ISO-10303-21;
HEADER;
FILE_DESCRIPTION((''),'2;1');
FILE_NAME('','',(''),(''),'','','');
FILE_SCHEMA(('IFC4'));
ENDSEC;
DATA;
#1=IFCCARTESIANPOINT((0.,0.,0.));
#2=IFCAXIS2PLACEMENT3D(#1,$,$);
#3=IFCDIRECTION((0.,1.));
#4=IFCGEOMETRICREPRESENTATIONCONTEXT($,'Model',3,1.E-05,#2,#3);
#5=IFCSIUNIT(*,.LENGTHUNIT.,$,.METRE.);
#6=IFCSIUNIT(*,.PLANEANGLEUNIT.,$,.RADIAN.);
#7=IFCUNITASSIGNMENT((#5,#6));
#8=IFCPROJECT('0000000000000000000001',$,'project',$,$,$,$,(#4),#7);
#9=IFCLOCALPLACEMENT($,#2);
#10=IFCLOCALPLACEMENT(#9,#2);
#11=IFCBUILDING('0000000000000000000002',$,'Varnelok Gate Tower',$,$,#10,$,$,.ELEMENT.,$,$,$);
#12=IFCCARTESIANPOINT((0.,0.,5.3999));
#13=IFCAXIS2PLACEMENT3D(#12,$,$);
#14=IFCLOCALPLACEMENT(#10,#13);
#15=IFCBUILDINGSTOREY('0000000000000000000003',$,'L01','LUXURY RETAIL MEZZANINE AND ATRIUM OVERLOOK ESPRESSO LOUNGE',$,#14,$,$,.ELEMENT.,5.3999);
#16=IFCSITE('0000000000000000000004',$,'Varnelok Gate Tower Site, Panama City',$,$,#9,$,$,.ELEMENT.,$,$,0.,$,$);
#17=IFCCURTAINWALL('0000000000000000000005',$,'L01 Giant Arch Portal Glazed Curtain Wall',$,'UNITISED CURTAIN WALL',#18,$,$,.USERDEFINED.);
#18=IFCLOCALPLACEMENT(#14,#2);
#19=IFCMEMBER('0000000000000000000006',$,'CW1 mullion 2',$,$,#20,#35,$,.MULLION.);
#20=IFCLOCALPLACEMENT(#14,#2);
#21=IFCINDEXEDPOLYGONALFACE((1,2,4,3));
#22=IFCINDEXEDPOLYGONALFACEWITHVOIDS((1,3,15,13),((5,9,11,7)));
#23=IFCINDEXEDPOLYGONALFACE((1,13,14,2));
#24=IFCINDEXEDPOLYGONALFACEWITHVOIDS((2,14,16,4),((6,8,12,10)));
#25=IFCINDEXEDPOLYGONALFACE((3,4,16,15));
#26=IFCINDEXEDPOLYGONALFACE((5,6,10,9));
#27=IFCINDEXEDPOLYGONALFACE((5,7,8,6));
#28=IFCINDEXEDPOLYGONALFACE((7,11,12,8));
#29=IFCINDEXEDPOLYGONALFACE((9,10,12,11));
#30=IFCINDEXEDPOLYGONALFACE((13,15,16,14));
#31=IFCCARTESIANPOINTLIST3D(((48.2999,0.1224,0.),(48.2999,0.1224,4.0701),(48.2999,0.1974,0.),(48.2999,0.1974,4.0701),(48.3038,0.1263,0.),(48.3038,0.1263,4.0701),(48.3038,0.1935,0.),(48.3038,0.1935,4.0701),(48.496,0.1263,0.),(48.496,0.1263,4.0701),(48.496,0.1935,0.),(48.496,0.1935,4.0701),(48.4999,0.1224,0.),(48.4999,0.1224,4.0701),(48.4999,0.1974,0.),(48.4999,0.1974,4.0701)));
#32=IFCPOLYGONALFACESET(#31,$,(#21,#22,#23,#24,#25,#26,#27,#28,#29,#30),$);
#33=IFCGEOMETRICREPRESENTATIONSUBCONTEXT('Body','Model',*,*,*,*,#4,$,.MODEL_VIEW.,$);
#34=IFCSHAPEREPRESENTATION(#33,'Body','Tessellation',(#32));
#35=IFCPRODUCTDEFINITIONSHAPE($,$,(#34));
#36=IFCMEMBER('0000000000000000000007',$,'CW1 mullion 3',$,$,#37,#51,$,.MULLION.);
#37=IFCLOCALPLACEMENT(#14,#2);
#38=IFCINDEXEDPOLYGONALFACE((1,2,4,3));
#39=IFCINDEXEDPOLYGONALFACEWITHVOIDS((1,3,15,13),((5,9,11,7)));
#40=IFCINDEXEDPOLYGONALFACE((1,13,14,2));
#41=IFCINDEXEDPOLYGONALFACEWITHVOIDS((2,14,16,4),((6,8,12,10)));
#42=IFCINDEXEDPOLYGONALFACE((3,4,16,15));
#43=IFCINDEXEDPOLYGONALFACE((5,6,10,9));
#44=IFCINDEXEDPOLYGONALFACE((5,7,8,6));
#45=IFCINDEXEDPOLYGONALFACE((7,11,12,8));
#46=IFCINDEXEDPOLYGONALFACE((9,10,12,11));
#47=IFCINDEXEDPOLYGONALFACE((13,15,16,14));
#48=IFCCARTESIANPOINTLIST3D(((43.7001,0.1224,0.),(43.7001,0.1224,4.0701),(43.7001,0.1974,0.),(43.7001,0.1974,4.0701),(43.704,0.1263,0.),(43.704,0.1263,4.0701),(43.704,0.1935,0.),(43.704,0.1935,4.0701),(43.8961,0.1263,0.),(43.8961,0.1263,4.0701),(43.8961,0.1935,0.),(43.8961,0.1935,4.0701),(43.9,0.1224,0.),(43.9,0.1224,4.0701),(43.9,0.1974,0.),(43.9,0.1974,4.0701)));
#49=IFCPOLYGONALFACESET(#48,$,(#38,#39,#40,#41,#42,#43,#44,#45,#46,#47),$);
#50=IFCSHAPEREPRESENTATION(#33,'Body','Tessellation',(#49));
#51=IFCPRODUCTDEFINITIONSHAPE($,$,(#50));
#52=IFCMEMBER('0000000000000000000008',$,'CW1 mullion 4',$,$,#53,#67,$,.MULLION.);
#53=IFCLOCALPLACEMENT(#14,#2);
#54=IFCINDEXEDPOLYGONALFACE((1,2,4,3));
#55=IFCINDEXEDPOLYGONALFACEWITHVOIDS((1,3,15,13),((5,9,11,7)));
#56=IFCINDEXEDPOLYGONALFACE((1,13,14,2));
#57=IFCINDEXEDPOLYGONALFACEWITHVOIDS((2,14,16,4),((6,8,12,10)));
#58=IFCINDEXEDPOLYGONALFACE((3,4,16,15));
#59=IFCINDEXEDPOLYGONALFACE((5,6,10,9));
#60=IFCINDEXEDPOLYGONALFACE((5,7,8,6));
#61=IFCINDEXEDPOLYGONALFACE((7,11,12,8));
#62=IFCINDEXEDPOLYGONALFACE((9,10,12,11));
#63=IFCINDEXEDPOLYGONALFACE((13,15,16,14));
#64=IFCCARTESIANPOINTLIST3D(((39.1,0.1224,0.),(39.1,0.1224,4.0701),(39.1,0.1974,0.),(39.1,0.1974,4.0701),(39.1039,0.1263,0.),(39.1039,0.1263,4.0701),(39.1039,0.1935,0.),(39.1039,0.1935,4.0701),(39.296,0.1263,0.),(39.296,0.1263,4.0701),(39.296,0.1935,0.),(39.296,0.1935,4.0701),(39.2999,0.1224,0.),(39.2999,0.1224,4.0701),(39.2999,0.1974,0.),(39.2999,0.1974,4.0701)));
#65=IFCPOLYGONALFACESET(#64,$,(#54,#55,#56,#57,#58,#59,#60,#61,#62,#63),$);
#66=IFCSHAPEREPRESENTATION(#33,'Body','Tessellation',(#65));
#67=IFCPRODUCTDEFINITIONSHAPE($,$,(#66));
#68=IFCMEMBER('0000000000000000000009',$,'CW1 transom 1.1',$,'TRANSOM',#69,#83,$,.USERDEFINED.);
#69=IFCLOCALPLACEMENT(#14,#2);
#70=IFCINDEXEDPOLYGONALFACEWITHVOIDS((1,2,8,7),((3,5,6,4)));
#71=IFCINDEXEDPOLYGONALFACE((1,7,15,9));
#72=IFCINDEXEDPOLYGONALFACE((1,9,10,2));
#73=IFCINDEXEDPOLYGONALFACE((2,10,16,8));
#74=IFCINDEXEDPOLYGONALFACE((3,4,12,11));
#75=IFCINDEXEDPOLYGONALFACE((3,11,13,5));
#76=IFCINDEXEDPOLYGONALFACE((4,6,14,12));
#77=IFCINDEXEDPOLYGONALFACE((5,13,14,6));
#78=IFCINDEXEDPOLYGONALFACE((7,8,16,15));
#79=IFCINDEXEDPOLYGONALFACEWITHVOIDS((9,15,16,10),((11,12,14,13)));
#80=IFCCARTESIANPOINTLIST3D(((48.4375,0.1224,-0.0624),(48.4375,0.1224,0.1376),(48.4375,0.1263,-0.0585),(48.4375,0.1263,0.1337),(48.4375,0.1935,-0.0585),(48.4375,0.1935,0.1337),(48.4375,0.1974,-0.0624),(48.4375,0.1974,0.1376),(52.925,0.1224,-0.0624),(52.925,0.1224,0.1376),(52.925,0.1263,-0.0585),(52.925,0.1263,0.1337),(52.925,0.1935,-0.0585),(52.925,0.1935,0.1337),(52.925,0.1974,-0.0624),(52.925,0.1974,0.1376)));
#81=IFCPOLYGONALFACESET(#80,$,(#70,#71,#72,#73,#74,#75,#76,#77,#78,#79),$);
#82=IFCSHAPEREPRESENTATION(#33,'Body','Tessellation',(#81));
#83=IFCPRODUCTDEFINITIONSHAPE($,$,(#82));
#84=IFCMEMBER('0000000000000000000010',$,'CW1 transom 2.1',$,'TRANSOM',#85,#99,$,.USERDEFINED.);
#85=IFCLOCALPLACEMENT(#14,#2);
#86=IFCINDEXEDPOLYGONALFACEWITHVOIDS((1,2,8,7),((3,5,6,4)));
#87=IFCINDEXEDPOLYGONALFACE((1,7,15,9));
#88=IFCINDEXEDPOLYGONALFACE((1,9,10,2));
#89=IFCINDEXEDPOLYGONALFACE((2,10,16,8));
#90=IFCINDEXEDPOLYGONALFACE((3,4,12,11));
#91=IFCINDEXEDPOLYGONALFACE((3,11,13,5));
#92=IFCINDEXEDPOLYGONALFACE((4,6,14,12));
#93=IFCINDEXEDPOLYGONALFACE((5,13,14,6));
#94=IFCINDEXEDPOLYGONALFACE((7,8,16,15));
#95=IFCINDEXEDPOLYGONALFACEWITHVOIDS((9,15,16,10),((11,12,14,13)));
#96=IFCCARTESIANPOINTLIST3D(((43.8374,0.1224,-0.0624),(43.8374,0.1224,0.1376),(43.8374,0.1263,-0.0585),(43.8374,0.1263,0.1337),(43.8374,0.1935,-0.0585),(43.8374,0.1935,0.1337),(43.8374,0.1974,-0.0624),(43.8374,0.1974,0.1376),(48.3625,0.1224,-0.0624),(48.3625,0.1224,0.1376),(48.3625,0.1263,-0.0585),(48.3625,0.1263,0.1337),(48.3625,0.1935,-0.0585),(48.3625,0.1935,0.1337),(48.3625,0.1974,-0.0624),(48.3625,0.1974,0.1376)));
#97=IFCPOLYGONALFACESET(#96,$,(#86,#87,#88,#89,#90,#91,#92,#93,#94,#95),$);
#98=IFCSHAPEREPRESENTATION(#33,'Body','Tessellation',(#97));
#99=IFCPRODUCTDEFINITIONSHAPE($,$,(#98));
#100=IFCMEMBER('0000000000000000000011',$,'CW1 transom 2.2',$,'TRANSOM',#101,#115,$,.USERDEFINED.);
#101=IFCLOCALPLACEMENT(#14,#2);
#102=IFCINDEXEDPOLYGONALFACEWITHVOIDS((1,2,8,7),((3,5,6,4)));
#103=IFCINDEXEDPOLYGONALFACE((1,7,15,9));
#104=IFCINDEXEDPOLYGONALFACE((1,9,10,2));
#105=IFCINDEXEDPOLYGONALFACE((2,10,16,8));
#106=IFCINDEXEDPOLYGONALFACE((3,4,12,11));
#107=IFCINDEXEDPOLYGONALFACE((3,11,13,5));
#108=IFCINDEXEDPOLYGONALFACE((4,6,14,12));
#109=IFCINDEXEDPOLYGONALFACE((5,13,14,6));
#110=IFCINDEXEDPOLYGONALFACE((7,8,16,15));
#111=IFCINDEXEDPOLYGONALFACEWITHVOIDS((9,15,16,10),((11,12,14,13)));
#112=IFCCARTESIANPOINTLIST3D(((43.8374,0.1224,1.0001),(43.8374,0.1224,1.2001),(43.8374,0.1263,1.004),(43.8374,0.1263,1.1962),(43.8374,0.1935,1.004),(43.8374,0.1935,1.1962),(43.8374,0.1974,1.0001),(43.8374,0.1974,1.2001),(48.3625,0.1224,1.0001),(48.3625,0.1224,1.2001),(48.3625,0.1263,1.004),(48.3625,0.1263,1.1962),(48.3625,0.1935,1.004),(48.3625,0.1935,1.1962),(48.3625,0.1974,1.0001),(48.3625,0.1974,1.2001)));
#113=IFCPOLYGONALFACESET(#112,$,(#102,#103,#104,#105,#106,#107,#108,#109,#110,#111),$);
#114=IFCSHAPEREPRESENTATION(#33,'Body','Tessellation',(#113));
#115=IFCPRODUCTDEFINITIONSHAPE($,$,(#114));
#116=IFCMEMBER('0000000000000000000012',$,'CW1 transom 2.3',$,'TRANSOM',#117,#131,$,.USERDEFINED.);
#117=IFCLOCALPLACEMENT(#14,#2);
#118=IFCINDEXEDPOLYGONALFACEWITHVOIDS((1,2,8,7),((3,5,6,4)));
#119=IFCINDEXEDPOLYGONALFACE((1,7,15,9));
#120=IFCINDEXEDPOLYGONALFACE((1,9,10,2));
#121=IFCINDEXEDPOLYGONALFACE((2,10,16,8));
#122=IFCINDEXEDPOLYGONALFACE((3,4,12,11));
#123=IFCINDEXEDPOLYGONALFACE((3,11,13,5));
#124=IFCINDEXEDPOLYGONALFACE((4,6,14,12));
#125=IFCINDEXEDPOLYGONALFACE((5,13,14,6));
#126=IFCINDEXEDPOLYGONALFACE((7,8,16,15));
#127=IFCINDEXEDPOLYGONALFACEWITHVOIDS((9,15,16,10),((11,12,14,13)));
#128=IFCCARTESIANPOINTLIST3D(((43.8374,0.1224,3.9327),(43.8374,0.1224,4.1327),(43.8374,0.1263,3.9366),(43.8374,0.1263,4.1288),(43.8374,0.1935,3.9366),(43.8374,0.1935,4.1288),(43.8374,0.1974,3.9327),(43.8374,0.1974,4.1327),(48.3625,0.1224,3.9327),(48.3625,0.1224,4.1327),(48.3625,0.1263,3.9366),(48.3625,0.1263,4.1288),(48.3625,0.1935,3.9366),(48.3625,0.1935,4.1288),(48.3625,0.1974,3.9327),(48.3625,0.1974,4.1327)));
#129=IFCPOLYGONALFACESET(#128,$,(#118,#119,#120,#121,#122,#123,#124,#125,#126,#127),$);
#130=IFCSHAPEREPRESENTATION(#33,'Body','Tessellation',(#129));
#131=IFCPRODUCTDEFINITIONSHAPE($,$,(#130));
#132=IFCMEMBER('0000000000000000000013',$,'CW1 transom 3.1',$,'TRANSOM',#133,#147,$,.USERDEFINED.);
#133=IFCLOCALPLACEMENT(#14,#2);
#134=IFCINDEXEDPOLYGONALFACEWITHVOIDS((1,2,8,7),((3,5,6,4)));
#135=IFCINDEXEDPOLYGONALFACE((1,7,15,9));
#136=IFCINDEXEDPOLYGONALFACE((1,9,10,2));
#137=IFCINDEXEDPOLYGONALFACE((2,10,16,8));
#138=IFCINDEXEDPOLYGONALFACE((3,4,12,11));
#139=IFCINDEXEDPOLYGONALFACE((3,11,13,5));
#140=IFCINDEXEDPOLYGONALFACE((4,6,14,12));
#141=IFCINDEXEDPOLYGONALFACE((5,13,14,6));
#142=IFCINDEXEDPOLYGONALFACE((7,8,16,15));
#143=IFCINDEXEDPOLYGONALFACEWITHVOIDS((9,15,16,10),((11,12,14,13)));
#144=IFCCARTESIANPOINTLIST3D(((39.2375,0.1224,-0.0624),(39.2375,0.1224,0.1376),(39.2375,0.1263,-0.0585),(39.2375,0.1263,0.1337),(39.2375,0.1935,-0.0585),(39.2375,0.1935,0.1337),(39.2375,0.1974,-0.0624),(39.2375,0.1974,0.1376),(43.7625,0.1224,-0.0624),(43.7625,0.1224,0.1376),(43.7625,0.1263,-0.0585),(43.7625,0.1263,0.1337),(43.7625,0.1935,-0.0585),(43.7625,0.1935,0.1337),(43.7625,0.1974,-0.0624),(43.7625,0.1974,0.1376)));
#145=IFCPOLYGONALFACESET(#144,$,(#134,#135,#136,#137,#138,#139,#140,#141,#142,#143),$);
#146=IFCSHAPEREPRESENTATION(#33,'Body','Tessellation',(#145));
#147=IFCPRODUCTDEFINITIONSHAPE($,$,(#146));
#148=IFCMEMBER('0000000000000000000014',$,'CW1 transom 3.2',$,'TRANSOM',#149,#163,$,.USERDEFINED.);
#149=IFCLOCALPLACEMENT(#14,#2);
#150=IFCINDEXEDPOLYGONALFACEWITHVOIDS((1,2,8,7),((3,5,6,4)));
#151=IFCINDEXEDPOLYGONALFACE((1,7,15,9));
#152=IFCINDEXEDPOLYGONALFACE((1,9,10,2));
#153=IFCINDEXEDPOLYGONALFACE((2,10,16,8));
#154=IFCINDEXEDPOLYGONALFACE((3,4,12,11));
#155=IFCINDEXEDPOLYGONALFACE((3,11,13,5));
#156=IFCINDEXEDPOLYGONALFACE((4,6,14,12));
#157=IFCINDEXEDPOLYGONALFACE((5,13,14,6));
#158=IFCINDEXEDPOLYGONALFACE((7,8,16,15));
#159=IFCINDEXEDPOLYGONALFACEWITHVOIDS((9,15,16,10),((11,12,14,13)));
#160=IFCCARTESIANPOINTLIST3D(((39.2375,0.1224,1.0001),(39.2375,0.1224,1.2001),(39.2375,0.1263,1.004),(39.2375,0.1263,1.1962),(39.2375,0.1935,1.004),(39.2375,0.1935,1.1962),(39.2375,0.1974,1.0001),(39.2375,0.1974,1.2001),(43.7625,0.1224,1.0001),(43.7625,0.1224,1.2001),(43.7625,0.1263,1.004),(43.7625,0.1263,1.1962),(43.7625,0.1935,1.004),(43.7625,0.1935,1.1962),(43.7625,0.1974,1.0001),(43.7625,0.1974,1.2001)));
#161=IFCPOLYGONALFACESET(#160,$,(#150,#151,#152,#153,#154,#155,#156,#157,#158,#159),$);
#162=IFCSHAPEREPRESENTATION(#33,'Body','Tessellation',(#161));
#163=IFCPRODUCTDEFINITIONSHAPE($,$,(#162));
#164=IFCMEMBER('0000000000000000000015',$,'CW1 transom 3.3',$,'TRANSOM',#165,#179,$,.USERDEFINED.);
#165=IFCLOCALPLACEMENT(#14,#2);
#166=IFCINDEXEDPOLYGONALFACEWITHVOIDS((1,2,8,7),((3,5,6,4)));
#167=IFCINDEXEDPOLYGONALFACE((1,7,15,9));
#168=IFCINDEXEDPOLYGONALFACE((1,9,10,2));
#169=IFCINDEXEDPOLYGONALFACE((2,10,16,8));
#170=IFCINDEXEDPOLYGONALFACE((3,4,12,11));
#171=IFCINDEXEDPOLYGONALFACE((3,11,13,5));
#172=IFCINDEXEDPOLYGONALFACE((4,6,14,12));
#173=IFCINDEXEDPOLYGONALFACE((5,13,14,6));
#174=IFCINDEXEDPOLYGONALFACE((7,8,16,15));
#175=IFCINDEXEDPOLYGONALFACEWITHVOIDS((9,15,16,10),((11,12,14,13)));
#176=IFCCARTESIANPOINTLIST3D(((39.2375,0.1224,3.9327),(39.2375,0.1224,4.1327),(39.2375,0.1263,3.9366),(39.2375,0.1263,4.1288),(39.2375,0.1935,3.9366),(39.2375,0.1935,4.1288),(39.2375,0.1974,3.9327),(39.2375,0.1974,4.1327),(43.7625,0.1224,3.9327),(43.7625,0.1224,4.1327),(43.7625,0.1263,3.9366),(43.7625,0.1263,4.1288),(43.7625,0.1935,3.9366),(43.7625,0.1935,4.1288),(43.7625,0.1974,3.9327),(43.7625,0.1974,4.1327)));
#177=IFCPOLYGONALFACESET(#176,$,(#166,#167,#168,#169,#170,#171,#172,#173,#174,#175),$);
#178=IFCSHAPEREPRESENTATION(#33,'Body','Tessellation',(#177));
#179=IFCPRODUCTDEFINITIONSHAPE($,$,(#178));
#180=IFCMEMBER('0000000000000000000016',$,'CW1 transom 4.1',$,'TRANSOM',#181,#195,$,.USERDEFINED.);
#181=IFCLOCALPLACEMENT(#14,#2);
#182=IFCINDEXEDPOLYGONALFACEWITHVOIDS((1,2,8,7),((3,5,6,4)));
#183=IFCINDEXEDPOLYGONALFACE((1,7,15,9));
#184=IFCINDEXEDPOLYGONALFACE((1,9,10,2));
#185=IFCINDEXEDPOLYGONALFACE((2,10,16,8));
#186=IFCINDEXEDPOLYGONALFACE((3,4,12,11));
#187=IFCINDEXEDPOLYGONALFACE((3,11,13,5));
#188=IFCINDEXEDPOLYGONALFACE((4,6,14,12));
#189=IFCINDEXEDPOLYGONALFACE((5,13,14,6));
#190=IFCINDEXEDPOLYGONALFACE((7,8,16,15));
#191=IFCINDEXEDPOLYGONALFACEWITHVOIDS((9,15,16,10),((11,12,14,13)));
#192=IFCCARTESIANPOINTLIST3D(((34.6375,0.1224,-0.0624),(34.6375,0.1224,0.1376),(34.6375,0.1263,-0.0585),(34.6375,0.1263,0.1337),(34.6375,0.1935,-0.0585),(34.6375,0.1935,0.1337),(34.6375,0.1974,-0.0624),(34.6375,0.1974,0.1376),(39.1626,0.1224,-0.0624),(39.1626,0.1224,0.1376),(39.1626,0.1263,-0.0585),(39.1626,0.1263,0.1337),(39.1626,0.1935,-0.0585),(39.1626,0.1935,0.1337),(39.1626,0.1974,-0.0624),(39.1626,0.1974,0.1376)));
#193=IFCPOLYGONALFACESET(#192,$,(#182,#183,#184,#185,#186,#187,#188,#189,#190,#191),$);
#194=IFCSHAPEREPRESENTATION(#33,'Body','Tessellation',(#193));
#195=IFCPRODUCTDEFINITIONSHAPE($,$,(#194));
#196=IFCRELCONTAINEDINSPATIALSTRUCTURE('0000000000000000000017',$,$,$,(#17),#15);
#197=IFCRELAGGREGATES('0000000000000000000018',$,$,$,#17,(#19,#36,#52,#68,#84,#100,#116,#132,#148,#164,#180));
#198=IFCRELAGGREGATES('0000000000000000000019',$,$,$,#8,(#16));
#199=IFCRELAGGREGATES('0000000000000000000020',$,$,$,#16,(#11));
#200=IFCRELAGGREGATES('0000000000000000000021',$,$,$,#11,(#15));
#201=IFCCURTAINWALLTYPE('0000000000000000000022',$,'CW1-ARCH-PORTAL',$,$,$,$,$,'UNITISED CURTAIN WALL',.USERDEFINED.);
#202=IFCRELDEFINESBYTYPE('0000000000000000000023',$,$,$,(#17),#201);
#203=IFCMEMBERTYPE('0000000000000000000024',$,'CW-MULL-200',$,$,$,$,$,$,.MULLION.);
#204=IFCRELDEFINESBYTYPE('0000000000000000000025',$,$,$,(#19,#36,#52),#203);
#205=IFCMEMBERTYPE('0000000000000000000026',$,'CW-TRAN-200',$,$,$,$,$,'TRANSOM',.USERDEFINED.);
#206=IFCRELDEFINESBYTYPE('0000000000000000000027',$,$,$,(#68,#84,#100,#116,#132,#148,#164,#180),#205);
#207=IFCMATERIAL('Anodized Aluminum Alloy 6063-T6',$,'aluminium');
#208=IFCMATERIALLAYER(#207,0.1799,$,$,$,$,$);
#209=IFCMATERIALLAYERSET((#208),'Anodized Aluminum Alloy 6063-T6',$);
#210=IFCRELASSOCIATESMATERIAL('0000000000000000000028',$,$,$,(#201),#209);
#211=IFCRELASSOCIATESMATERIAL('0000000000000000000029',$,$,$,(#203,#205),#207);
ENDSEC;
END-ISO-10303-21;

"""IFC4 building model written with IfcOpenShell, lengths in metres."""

from ifc_helpers import new_model, si_unit, direction, frame, origin, origin_2d, place, context, subcontext, project, spatial, hollow_rectangle, extrude, material, layer, layer_set, material_profile, profile_set, type_object, element, aggregate, save


model = new_model("IFC4")

# Units and contexts
model_context = context("Model", 3, precision=1e-05, world=origin(), true_north=direction((0.0, 1.0)))
body_context = subcontext(model_context, "Body", "Model", "MODEL_VIEW")
ifc_project = project(units=[si_unit("LENGTHUNIT", "METRE"), si_unit("PLANEANGLEUNIT", "RADIAN")], contexts=[model_context])

# Site, building, storey
site_placement = place(None, origin())
site = spatial("IfcSite", under=ifc_project, at=site_placement, Name="Varnelok Gate Tower Site, Panama City", CompositionType="ELEMENT", RefElevation=0.0)
building_placement = place(site_placement, origin())
building = spatial("IfcBuilding", under=site, at=building_placement, Name="Varnelok Gate Tower", CompositionType="ELEMENT")
storey_placement = place(building_placement, frame((0.0, 0.0, 5.3999)))
storey = spatial("IfcBuildingStorey", under=building, at=storey_placement, Name="L01", Description="LUXURY RETAIL MEZZANINE AND ATRIUM OVERLOOK ESPRESSO LOUNGE", CompositionType="ELEMENT", Elevation=5.3999)

# Curtain wall, members
ifc_material_1 = material(Name="Anodized Aluminum Alloy 6063-T6", Category="aluminium")
ifc_layer_1 = layer(ifc_material_1, 0.1799)
ifc_layer_set_1 = layer_set([ifc_layer_1], Name="Anodized Aluminum Alloy 6063-T6")
curtain_wall_type = type_object("IfcCurtainWallType", Name="CW1-ARCH-PORTAL", ElementType="UNITISED CURTAIN WALL", PredefinedType="USERDEFINED", material=ifc_layer_set_1)
curtain_wall_placement = place(storey_placement, origin())
curtain_wall = element("IfcCurtainWall", 1, at=curtain_wall_placement, inside=storey, type_object=curtain_wall_type, Name="L01 Giant Arch Portal Glazed Curtain Wall", ObjectType="UNITISED CURTAIN WALL", PredefinedType="USERDEFINED")
ifc_material_profile_1 = material_profile(ifc_material_1, hollow_rectangle(XDim=0.075, YDim=0.2, WallThickness=0.0039, at=origin_2d()), Name="ALU200X75X4")
ifc_profile_set_1 = profile_set([ifc_material_profile_1], Name="Anodized Aluminum Alloy 6063-T6")
member_type_1 = type_object("IfcMemberType", Name="CW-MULL-200", PredefinedType="MULLION", material=ifc_profile_set_1)
member_1_placement = place(storey_placement, frame((48.3999, 0.1599, 0.0), z_axis=(0.0, 0.0, 1.0), x_axis=(0.0, -1.0, 0.0)))
member_1 = element("IfcMember", 2, at=member_1_placement, type_object=member_type_1, Name="CW1 mullion 2", PredefinedType="MULLION", context=body_context, shape_type="SweptSolid", body=[
    extrude(hollow_rectangle(XDim=0.075, YDim=0.2, WallThickness=0.0039, at=origin_2d()), origin(), (0.0, 0.0, 1.0), 4.0701),
])
member_2_placement = place(storey_placement, frame((43.8, 0.1599, 0.0), z_axis=(0.0, 0.0, 1.0), x_axis=(0.0, -1.0, 0.0)))
member_2 = element("IfcMember", 3, at=member_2_placement, type_object=member_type_1, Name="CW1 mullion 3", PredefinedType="MULLION", context=body_context, shape_type="SweptSolid", body=[
    extrude(hollow_rectangle(XDim=0.075, YDim=0.2, WallThickness=0.0039, at=origin_2d()), origin(), (0.0, 0.0, 1.0), 4.0701),
])
member_3_placement = place(storey_placement, frame((39.2, 0.1599, 0.0), z_axis=(0.0, 0.0, 1.0), x_axis=(0.0, -1.0, 0.0)))
member_3 = element("IfcMember", 4, at=member_3_placement, type_object=member_type_1, Name="CW1 mullion 4", PredefinedType="MULLION", context=body_context, shape_type="SweptSolid", body=[
    extrude(hollow_rectangle(XDim=0.075, YDim=0.2, WallThickness=0.0039, at=origin_2d()), origin(), (0.0, 0.0, 1.0), 4.0701),
])
ifc_material_profile_2 = material_profile(ifc_material_1, hollow_rectangle(XDim=0.075, YDim=0.2, WallThickness=0.0039, at=origin_2d()), Name="ALU200X75X4")
ifc_profile_set_2 = profile_set([ifc_material_profile_2], Name="Anodized Aluminum Alloy 6063-T6")
member_type_2 = type_object("IfcMemberType", Name="CW-TRAN-200", ElementType="TRANSOM", PredefinedType="USERDEFINED", material=ifc_profile_set_2)
member_4_placement = place(storey_placement, frame((52.925, 0.1599, 0.0376), z_axis=(-1.0, 0.0, 0.0), x_axis=(0.0, -1.0, 0.0)))
member_4 = element("IfcMember", 5, at=member_4_placement, type_object=member_type_2, Name="CW1 transom 1.1", ObjectType="TRANSOM", PredefinedType="USERDEFINED", context=body_context, shape_type="SweptSolid", body=[
    extrude(hollow_rectangle(XDim=0.075, YDim=0.2, WallThickness=0.0039, at=origin_2d()), origin(), (0.0, 0.0, 1.0), 4.4875),
])
member_5_placement = place(storey_placement, frame((48.3625, 0.1599, 0.0376), z_axis=(-1.0, 0.0, 0.0), x_axis=(0.0, -1.0, 0.0)))
member_5 = element("IfcMember", 6, at=member_5_placement, type_object=member_type_2, Name="CW1 transom 2.1", ObjectType="TRANSOM", PredefinedType="USERDEFINED", context=body_context, shape_type="SweptSolid", body=[
    extrude(hollow_rectangle(XDim=0.075, YDim=0.2, WallThickness=0.0039, at=origin_2d()), origin(), (0.0, 0.0, 1.0), 4.5251),
])
member_6_placement = place(storey_placement, frame((48.3625, 0.1599, 1.1001), z_axis=(-1.0, 0.0, 0.0), x_axis=(0.0, -1.0, 0.0)))
member_6 = element("IfcMember", 7, at=member_6_placement, type_object=member_type_2, Name="CW1 transom 2.2", ObjectType="TRANSOM", PredefinedType="USERDEFINED", context=body_context, shape_type="SweptSolid", body=[
    extrude(hollow_rectangle(XDim=0.075, YDim=0.2, WallThickness=0.0039, at=origin_2d()), origin(), (0.0, 0.0, 1.0), 4.5251),
])
member_7_placement = place(storey_placement, frame((48.3625, 0.1599, 4.0327), z_axis=(-1.0, 0.0, 0.0), x_axis=(0.0, -1.0, 0.0)))
member_7 = element("IfcMember", 8, at=member_7_placement, type_object=member_type_2, Name="CW1 transom 2.3", ObjectType="TRANSOM", PredefinedType="USERDEFINED", context=body_context, shape_type="SweptSolid", body=[
    extrude(hollow_rectangle(XDim=0.075, YDim=0.2, WallThickness=0.0039, at=origin_2d()), origin(), (0.0, 0.0, 1.0), 4.5251),
])
member_8_placement = place(storey_placement, frame((43.7625, 0.1599, 0.0376), z_axis=(-1.0, 0.0, 0.0), x_axis=(0.0, -1.0, 0.0)))
member_8 = element("IfcMember", 9, at=member_8_placement, type_object=member_type_2, Name="CW1 transom 3.1", ObjectType="TRANSOM", PredefinedType="USERDEFINED", context=body_context, shape_type="SweptSolid", body=[
    extrude(hollow_rectangle(XDim=0.075, YDim=0.2, WallThickness=0.0039, at=origin_2d()), origin(), (0.0, 0.0, 1.0), 4.5249),
])
member_9_placement = place(storey_placement, frame((43.7625, 0.1599, 1.1001), z_axis=(-1.0, 0.0, 0.0), x_axis=(0.0, -1.0, 0.0)))
member_9 = element("IfcMember", 10, at=member_9_placement, type_object=member_type_2, Name="CW1 transom 3.2", ObjectType="TRANSOM", PredefinedType="USERDEFINED", context=body_context, shape_type="SweptSolid", body=[
    extrude(hollow_rectangle(XDim=0.075, YDim=0.2, WallThickness=0.0039, at=origin_2d()), origin(), (0.0, 0.0, 1.0), 4.5249),
])
member_10_placement = place(storey_placement, frame((43.7625, 0.1599, 4.0327), z_axis=(-1.0, 0.0, 0.0), x_axis=(0.0, -1.0, 0.0)))
member_10 = element("IfcMember", 11, at=member_10_placement, type_object=member_type_2, Name="CW1 transom 3.3", ObjectType="TRANSOM", PredefinedType="USERDEFINED", context=body_context, shape_type="SweptSolid", body=[
    extrude(hollow_rectangle(XDim=0.075, YDim=0.2, WallThickness=0.0039, at=origin_2d()), origin(), (0.0, 0.0, 1.0), 4.5249),
])
member_11_placement = place(storey_placement, frame((39.1626, 0.1599, 0.0376), z_axis=(-1.0, 0.0, 0.0), x_axis=(0.0, -1.0, 0.0)))
member_11 = element("IfcMember", 12, at=member_11_placement, type_object=member_type_2, Name="CW1 transom 4.1", ObjectType="TRANSOM", PredefinedType="USERDEFINED", context=body_context, shape_type="SweptSolid", body=[
    extrude(hollow_rectangle(XDim=0.075, YDim=0.2, WallThickness=0.0039, at=origin_2d()), origin(), (0.0, 0.0, 1.0), 4.5251),
])
aggregate(curtain_wall, [member_1, member_2, member_3, member_4, member_5, member_6, member_7, member_8, member_9, member_10, member_11])

save(model, "model.ifc")
